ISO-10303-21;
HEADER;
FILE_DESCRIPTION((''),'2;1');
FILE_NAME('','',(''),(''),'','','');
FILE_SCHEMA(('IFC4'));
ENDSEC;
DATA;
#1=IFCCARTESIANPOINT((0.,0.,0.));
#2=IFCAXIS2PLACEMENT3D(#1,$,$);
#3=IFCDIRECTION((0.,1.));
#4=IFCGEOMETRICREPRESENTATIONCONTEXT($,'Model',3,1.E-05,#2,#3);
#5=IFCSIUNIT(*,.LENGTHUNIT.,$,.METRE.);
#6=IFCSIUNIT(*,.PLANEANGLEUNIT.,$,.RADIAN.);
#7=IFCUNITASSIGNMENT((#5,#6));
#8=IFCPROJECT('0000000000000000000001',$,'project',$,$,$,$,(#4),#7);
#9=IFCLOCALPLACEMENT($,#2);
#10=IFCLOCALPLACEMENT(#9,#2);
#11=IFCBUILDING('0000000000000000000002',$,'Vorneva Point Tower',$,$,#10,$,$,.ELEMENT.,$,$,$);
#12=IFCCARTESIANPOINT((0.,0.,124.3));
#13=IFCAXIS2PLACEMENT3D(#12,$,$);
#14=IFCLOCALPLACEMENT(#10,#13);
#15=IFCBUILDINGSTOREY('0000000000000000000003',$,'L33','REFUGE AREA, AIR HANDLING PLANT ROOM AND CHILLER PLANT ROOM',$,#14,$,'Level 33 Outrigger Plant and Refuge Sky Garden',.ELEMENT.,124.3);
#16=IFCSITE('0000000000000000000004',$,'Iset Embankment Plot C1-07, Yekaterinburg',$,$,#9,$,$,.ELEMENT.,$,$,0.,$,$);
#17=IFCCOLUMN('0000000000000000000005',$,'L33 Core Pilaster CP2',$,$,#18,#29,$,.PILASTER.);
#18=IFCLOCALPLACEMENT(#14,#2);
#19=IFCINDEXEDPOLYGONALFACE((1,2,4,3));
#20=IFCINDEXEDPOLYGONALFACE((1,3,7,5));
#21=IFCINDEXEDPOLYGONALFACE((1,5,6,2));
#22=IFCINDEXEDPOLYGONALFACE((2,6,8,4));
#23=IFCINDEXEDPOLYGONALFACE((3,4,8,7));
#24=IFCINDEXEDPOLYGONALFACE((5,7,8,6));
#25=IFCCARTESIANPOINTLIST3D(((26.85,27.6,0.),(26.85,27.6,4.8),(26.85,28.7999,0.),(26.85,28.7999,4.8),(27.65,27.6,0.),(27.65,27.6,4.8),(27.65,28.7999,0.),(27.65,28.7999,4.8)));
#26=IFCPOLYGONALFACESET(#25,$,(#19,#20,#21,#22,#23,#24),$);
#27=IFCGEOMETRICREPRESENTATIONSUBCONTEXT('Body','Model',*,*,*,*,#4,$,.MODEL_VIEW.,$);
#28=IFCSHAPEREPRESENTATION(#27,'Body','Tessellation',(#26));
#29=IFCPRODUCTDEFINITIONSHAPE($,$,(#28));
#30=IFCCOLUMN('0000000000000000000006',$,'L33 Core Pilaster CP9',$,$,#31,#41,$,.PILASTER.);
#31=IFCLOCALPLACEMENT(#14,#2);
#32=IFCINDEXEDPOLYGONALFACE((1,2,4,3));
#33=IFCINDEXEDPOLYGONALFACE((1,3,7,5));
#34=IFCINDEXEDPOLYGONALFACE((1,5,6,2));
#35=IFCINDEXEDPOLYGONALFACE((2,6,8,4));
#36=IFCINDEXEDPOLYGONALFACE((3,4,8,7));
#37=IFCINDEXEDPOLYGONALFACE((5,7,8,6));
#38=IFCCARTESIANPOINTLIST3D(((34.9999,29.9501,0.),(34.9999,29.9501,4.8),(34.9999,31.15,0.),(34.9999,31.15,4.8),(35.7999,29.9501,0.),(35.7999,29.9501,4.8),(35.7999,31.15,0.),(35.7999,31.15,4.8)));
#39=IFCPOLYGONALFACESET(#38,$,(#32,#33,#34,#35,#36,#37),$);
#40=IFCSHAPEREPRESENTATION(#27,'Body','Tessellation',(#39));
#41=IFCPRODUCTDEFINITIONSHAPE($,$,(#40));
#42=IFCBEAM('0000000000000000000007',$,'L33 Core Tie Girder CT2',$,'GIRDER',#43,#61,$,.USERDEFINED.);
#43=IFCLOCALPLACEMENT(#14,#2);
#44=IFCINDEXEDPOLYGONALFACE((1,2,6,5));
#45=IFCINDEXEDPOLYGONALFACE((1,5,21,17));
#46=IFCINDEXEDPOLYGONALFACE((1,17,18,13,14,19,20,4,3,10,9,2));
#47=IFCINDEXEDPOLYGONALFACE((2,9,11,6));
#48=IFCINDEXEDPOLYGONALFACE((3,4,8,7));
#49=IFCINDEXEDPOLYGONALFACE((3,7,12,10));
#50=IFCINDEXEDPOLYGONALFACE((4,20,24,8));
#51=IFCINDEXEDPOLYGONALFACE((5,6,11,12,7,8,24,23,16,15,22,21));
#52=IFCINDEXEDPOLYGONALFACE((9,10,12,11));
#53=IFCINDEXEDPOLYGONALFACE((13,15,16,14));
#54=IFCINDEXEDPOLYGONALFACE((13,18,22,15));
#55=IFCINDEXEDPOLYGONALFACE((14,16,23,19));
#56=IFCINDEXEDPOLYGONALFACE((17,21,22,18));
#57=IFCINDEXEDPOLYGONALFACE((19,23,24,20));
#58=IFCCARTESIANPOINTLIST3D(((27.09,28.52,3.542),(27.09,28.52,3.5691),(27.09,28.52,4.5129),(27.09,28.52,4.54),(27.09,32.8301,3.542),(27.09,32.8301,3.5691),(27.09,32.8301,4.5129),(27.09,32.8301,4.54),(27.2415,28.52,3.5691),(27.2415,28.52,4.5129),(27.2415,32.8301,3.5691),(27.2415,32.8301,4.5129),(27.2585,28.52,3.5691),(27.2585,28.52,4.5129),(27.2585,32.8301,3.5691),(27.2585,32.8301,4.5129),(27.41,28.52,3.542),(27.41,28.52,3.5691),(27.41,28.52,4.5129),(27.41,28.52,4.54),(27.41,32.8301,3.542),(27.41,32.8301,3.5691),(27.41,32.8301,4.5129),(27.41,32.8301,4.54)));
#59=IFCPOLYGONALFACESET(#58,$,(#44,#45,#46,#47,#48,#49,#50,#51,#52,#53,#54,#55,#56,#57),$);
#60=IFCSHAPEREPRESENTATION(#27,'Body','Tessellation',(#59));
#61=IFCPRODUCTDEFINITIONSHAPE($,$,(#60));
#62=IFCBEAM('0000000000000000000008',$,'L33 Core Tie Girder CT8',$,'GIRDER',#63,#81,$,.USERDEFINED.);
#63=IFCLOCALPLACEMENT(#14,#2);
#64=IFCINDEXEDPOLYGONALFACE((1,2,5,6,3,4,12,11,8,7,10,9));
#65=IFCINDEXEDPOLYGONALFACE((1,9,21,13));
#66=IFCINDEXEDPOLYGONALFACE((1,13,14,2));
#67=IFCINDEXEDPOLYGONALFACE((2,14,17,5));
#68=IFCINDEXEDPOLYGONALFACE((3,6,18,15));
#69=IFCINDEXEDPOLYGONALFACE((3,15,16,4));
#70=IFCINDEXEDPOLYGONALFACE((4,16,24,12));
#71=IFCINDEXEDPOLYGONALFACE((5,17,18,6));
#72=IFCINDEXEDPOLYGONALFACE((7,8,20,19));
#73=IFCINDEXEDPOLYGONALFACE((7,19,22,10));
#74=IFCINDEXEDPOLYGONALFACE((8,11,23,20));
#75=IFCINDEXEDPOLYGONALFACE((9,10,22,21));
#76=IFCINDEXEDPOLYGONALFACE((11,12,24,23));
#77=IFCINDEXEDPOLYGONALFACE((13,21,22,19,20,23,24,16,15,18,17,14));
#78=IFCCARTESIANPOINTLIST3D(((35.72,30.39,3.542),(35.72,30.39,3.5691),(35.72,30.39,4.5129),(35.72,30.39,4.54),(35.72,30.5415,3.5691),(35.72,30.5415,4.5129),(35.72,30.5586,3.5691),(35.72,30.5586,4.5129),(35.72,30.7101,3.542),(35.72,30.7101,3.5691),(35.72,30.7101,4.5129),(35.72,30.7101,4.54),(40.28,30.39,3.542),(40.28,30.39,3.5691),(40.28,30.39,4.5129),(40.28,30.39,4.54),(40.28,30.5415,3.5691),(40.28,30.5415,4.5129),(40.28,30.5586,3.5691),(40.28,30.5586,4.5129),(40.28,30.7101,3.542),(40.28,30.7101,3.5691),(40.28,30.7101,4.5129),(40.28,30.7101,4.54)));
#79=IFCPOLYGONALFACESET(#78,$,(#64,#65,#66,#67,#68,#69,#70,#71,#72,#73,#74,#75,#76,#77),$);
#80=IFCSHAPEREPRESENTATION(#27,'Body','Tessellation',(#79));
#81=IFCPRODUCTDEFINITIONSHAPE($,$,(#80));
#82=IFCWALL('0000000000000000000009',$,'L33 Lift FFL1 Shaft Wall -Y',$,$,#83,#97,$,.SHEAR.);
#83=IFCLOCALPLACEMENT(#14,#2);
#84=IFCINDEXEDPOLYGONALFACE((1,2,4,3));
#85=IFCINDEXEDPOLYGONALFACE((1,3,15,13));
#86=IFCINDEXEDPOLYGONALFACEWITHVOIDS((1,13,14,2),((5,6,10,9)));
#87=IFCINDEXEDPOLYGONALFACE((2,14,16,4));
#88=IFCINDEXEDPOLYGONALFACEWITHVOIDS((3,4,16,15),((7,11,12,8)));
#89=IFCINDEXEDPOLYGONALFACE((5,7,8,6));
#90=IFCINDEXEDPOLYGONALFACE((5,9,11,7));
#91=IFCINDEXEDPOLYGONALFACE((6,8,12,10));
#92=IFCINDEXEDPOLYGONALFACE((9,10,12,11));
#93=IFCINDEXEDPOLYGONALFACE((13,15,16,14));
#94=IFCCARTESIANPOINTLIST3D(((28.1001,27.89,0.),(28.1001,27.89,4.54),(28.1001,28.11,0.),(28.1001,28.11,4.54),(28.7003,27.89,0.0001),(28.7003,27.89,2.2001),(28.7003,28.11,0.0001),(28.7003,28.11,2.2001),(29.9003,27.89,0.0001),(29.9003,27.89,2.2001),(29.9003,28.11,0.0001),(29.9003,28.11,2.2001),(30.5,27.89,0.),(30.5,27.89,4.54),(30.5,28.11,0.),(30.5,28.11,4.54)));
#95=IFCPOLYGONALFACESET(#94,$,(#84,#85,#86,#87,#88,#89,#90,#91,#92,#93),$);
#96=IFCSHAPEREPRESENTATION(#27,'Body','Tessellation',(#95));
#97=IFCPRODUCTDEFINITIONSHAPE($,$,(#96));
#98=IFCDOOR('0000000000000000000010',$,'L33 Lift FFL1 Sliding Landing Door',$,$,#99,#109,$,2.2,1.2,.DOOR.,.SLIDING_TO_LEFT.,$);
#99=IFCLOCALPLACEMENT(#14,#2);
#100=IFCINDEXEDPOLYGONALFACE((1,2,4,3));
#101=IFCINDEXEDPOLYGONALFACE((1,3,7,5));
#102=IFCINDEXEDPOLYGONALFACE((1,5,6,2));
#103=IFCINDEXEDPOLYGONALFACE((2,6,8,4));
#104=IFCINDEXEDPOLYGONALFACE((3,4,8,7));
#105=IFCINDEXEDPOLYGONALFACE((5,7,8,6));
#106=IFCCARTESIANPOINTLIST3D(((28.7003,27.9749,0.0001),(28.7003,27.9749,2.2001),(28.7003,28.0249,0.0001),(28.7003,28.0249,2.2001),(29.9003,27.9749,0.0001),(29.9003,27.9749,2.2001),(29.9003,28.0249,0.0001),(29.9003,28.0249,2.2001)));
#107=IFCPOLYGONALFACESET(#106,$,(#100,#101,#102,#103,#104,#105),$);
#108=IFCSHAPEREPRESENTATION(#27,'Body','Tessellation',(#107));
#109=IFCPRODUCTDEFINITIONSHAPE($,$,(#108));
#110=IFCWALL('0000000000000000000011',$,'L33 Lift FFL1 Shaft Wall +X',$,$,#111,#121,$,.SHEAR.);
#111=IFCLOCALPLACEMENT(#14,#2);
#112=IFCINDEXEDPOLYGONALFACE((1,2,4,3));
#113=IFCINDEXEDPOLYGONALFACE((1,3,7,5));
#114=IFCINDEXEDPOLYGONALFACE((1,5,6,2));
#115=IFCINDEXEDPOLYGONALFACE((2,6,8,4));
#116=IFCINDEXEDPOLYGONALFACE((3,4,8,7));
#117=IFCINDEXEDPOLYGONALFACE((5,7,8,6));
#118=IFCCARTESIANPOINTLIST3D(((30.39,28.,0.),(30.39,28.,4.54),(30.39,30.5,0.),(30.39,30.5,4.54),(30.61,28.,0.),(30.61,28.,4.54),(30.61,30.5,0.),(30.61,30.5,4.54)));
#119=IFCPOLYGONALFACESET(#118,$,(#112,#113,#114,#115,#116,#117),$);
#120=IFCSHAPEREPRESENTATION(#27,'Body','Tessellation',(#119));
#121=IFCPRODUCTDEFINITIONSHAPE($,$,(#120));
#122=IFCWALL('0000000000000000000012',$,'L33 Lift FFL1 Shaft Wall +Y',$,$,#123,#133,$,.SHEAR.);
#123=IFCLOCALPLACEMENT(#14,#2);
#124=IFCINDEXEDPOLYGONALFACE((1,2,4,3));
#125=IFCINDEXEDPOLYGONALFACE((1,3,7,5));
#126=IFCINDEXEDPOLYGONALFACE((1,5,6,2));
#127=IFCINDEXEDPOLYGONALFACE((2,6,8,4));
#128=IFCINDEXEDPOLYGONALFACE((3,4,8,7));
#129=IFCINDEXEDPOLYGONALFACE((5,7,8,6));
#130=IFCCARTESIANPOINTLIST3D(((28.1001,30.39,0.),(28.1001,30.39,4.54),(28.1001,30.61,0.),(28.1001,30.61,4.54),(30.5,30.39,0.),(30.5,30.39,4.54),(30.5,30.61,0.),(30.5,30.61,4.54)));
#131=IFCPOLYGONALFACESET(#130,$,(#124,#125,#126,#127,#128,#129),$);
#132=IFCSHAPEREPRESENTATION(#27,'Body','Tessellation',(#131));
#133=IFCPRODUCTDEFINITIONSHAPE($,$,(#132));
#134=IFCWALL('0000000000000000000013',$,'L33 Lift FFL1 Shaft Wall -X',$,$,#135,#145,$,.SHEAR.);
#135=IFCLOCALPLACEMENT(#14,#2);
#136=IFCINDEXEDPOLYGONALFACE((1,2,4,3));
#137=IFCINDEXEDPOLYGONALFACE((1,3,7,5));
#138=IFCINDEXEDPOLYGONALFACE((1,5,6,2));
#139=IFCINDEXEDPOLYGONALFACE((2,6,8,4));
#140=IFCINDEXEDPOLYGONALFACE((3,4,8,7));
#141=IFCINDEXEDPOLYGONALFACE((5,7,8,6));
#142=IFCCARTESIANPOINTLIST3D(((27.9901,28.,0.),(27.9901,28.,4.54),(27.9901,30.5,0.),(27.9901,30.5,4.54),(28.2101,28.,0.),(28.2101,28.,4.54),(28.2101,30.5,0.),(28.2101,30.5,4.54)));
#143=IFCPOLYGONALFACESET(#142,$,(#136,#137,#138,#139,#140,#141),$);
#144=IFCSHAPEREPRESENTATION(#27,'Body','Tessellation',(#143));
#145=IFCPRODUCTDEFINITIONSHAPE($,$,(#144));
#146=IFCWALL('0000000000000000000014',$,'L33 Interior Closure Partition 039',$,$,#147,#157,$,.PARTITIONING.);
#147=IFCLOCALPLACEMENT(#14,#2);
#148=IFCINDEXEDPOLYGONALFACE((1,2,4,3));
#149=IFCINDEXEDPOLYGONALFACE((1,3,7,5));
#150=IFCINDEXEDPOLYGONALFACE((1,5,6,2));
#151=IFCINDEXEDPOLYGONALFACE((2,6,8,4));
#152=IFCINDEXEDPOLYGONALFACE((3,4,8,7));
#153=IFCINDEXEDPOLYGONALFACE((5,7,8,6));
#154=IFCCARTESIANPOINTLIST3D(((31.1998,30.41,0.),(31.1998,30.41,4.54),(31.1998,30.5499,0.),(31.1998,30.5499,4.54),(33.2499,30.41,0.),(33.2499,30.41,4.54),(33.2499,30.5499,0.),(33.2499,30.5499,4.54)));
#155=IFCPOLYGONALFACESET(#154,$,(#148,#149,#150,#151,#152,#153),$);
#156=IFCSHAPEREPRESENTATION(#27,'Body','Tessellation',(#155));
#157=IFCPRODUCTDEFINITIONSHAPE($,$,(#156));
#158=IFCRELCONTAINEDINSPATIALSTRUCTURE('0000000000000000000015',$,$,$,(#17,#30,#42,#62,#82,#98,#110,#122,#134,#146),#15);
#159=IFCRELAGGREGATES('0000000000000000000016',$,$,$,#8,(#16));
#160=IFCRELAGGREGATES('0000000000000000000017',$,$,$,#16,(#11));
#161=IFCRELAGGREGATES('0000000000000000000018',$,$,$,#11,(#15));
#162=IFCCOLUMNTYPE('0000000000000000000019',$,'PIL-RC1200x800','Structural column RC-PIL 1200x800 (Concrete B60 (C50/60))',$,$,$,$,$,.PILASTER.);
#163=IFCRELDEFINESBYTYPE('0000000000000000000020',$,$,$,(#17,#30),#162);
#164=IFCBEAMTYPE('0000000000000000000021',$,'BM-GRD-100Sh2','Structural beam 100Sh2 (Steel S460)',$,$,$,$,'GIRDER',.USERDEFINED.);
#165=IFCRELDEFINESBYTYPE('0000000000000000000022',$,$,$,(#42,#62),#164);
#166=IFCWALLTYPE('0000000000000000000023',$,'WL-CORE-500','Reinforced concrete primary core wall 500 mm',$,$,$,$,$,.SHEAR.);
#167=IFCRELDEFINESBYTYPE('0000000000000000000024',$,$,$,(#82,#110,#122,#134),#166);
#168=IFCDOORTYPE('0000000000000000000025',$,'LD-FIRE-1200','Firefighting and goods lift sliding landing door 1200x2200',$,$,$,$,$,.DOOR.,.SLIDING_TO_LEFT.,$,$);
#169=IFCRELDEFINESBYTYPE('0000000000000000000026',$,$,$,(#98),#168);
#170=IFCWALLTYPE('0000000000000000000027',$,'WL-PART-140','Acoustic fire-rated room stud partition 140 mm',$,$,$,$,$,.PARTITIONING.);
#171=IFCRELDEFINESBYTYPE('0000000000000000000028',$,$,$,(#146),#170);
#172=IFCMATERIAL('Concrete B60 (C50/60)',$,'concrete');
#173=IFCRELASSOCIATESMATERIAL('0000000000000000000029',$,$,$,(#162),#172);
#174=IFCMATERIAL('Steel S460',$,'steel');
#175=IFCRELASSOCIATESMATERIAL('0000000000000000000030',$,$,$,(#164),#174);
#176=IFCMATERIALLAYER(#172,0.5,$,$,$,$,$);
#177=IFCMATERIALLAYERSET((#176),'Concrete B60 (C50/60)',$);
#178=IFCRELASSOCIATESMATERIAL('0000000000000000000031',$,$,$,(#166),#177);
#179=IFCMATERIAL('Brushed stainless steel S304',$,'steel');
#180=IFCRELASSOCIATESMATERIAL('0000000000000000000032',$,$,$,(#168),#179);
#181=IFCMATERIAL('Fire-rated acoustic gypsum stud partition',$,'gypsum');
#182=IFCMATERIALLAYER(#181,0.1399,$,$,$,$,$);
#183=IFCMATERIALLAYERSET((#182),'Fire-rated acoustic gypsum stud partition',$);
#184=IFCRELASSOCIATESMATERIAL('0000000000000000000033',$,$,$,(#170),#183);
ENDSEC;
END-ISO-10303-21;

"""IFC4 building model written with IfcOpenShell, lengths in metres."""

from ifc_helpers import new_model, si_unit, direction, frame, frame_2d, origin, origin_2d, place, context, subcontext, project, spatial, rectangle, i_section, extrude, material, layer, layer_set, material_profile, profile_set, type_object, element, fill, save


model = new_model("IFC4")

# Units and contexts
model_context = context("Model", 3, precision=1e-05, world=origin(), true_north=direction((0.0, 1.0)))
body_context = subcontext(model_context, "Body", "Model", "MODEL_VIEW")
ifc_project = project(units=[si_unit("LENGTHUNIT", "METRE"), si_unit("PLANEANGLEUNIT", "RADIAN")], contexts=[model_context])

# Site, building, storey
site_placement = place(None, origin())
site = spatial("IfcSite", under=ifc_project, at=site_placement, Name="Iset Embankment Plot C1-07, Yekaterinburg", CompositionType="ELEMENT", RefElevation=0.0)
building_placement = place(site_placement, origin())
building = spatial("IfcBuilding", under=site, at=building_placement, Name="Vorneva Point Tower", CompositionType="ELEMENT")
storey_placement = place(building_placement, frame((0.0, 0.0, 124.3)))
storey = spatial("IfcBuildingStorey", under=building, at=storey_placement, Name="L33", Description="REFUGE AREA, AIR HANDLING PLANT ROOM AND CHILLER PLANT ROOM", LongName="Level 33 Outrigger Plant and Refuge Sky Garden", CompositionType="ELEMENT", Elevation=124.3)

# Columns
ifc_material_1 = material(Name="Concrete B60 (C50/60)", Category="concrete")
ifc_material_profile_1 = material_profile(ifc_material_1, rectangle(XDim=0.8, YDim=1.2, at=origin_2d()), Name="RC-PIL 1200x800")
ifc_profile_set_1 = profile_set([ifc_material_profile_1], Name="Concrete B60 (C50/60)")
column_type = type_object("IfcColumnType", Name="PIL-RC1200x800", Description="Structural column RC-PIL 1200x800 (Concrete B60 (C50/60))", PredefinedType="PILASTER", material=ifc_profile_set_1)
for number, where, z_axis, x_axis, name in (
    (1, (27.25, 28.2, 0.0), (0.0, 0.0, 1.0), (1.0, 0.0, 0.0), "L33 Core Pilaster CP2"),
    (2, (35.3999, 30.55, 0.0), (0.0, 0.0, 1.0), (1.0, 0.0, 0.0), "L33 Core Pilaster CP9"),
):
    element("IfcColumn", number, at=place(storey_placement, frame(where, z_axis=z_axis, x_axis=x_axis)), inside=storey, type_object=column_type, Name=name, PredefinedType="PILASTER", context=body_context, shape_type="SweptSolid", body=[
        extrude(rectangle(XDim=0.8, YDim=1.2, at=origin_2d()), origin(), (0.0, 0.0, 1.0), 4.8),
    ])

# Beams
ifc_material_2 = material(Name="Steel S460", Category="steel")
ifc_material_profile_2 = material_profile(ifc_material_2, i_section(OverallWidth=0.3201, OverallDepth=0.998, WebThickness=0.0171, FlangeThickness=0.0271, at=origin_2d()), Name="100Sh2")
ifc_profile_set_2 = profile_set([ifc_material_profile_2], Name="Steel S460")
beam_type = type_object("IfcBeamType", Name="BM-GRD-100Sh2", Description="Structural beam 100Sh2 (Steel S460)", ElementType="GIRDER", PredefinedType="USERDEFINED", material=ifc_profile_set_2)
beam_1_placement = place(storey_placement, frame((27.25, 28.52, 4.041), z_axis=(0.0, 1.0, 0.0), x_axis=(-1.0, 0.0, 0.0)))
element("IfcBeam", 3, at=beam_1_placement, inside=storey, type_object=beam_type, Name="L33 Core Tie Girder CT2", ObjectType="GIRDER", PredefinedType="USERDEFINED", context=body_context, shape_type="SweptSolid", body=[
    extrude(i_section(OverallWidth=0.3201, OverallDepth=0.998, WebThickness=0.0171, FlangeThickness=0.0271, at=origin_2d()), origin(), (0.0, 0.0, 1.0), 4.3101),
])
beam_2_placement = place(storey_placement, frame((35.72, 30.55, 4.041), z_axis=(1.0, 0.0, 0.0), x_axis=(0.0, 1.0, 0.0)))
element("IfcBeam", 4, at=beam_2_placement, inside=storey, type_object=beam_type, Name="L33 Core Tie Girder CT8", ObjectType="GIRDER", PredefinedType="USERDEFINED", context=body_context, shape_type="SweptSolid", body=[
    extrude(i_section(OverallWidth=0.3201, OverallDepth=0.998, WebThickness=0.0171, FlangeThickness=0.0271, at=origin_2d()), origin(), (0.0, 0.0, 1.0), 4.5601),
])

# Wall, opening, door
ifc_layer_1 = layer(ifc_material_1, 0.5)
ifc_layer_set_1 = layer_set([ifc_layer_1], Name="Concrete B60 (C50/60)")
wall_type_1 = type_object("IfcWallType", Name="WL-CORE-500", Description="Reinforced concrete primary core wall 500 mm", PredefinedType="SHEAR", material=ifc_layer_set_1)
wall_1_placement = place(storey_placement, frame((28.1001, 28.0, 0.0), z_axis=(0.0, 0.0, 1.0), x_axis=(1.0, 0.0, 0.0)))
wall_1 = element("IfcWall", 5, at=wall_1_placement, inside=storey, type_object=wall_type_1, Name="L33 Lift FFL1 Shaft Wall -Y", PredefinedType="SHEAR", context=body_context, shape_type="SweptSolid", body=[
    extrude(rectangle(XDim=2.3999, YDim=0.22, at=frame_2d((1.2, 0.0))), origin(), (0.0, 0.0, 1.0), 4.54),
])
opening_1_placement = place(wall_1_placement, frame((0.6001, 0.0, 0.0)))
opening_1 = element("IfcOpeningElement", 6, at=opening_1_placement, cuts=wall_1, PredefinedType="OPENING", context=body_context, shape_type="SweptSolid", body=[
    extrude(rectangle(XDim=1.2, YDim=2.2, at=frame_2d((0.6001, 1.1001))), frame((0.0, 0.125, 0.0), z_axis=(0.0, -1.0, 0.0), x_axis=(1.0, 0.0, 0.0)), (0.0, 0.0, 1.0), 0.2498),
])
ifc_material_3 = material(Name="Brushed stainless steel S304", Category="steel")
door_type_1 = type_object("IfcDoorType", Name="LD-FIRE-1200", Description="Firefighting and goods lift sliding landing door 1200x2200", OperationType="SLIDING_TO_LEFT", PredefinedType="DOOR", material=ifc_material_3)
door_1_placement = place(opening_1_placement, origin())
door_1 = element("IfcDoor", 7, at=door_1_placement, inside=storey, type_object=door_type_1, Name="L33 Lift FFL1 Sliding Landing Door", OperationType="SLIDING_TO_LEFT", OverallHeight=2.2, OverallWidth=1.2, PredefinedType="DOOR", context=body_context, shape_type="SweptSolid", body=[
    extrude(rectangle(XDim=1.2, YDim=2.2, at=frame_2d((0.6001, 1.1001))), frame((0.0, 0.0249, 0.0), z_axis=(0.0, -1.0, 0.0), x_axis=(1.0, 0.0, 0.0)), (0.0, 0.0, 1.0), 0.05),
])
fill(opening_1, door_1)

# Walls
wall_2_placement = place(storey_placement, frame((30.5, 28.0, 0.0), z_axis=(0.0, 0.0, 1.0), x_axis=(0.0, 1.0, 0.0)))
element("IfcWall", 8, at=wall_2_placement, inside=storey, type_object=wall_type_1, Name="L33 Lift FFL1 Shaft Wall +X", PredefinedType="SHEAR", context=body_context, shape_type="SweptSolid", body=[
    extrude(rectangle(XDim=2.5, YDim=0.22, at=frame_2d((1.25, 0.0))), origin(), (0.0, 0.0, 1.0), 4.54),
])
wall_3_placement = place(storey_placement, frame((30.5, 30.5, 0.0), z_axis=(0.0, 0.0, 1.0), x_axis=(-1.0, 0.0, 0.0)))
element("IfcWall", 9, at=wall_3_placement, inside=storey, type_object=wall_type_1, Name="L33 Lift FFL1 Shaft Wall +Y", PredefinedType="SHEAR", context=body_context, shape_type="SweptSolid", body=[
    extrude(rectangle(XDim=2.3999, YDim=0.22, at=frame_2d((1.2, 0.0))), origin(), (0.0, 0.0, 1.0), 4.54),
])
wall_4_placement = place(storey_placement, frame((28.1001, 30.5, 0.0), z_axis=(0.0, 0.0, 1.0), x_axis=(0.0, -1.0, 0.0)))
element("IfcWall", 10, at=wall_4_placement, inside=storey, type_object=wall_type_1, Name="L33 Lift FFL1 Shaft Wall -X", PredefinedType="SHEAR", context=body_context, shape_type="SweptSolid", body=[
    extrude(rectangle(XDim=2.5, YDim=0.22, at=frame_2d((1.25, 0.0))), origin(), (0.0, 0.0, 1.0), 4.54),
])
ifc_material_4 = material(Name="Fire-rated acoustic gypsum stud partition", Category="gypsum")
ifc_layer_2 = layer(ifc_material_4, 0.1399)
ifc_layer_set_2 = layer_set([ifc_layer_2], Name="Fire-rated acoustic gypsum stud partition")
wall_type_2 = type_object("IfcWallType", Name="WL-PART-140", Description="Acoustic fire-rated room stud partition 140 mm", PredefinedType="PARTITIONING", material=ifc_layer_set_2)
wall_5_placement = place(storey_placement, frame((31.2, 30.48, 0.0), z_axis=(0.0, 0.0, 1.0), x_axis=(1.0, 0.0, 0.0)))
element("IfcWall", 11, at=wall_5_placement, inside=storey, type_object=wall_type_2, Name="L33 Interior Closure Partition 039", PredefinedType="PARTITIONING", context=body_context, shape_type="SweptSolid", body=[
    extrude(rectangle(XDim=2.05, YDim=0.1399, at=frame_2d((1.0249, 0.0))), origin(), (0.0, 0.0, 1.0), 4.54),
])

save(model, "model.ifc")
